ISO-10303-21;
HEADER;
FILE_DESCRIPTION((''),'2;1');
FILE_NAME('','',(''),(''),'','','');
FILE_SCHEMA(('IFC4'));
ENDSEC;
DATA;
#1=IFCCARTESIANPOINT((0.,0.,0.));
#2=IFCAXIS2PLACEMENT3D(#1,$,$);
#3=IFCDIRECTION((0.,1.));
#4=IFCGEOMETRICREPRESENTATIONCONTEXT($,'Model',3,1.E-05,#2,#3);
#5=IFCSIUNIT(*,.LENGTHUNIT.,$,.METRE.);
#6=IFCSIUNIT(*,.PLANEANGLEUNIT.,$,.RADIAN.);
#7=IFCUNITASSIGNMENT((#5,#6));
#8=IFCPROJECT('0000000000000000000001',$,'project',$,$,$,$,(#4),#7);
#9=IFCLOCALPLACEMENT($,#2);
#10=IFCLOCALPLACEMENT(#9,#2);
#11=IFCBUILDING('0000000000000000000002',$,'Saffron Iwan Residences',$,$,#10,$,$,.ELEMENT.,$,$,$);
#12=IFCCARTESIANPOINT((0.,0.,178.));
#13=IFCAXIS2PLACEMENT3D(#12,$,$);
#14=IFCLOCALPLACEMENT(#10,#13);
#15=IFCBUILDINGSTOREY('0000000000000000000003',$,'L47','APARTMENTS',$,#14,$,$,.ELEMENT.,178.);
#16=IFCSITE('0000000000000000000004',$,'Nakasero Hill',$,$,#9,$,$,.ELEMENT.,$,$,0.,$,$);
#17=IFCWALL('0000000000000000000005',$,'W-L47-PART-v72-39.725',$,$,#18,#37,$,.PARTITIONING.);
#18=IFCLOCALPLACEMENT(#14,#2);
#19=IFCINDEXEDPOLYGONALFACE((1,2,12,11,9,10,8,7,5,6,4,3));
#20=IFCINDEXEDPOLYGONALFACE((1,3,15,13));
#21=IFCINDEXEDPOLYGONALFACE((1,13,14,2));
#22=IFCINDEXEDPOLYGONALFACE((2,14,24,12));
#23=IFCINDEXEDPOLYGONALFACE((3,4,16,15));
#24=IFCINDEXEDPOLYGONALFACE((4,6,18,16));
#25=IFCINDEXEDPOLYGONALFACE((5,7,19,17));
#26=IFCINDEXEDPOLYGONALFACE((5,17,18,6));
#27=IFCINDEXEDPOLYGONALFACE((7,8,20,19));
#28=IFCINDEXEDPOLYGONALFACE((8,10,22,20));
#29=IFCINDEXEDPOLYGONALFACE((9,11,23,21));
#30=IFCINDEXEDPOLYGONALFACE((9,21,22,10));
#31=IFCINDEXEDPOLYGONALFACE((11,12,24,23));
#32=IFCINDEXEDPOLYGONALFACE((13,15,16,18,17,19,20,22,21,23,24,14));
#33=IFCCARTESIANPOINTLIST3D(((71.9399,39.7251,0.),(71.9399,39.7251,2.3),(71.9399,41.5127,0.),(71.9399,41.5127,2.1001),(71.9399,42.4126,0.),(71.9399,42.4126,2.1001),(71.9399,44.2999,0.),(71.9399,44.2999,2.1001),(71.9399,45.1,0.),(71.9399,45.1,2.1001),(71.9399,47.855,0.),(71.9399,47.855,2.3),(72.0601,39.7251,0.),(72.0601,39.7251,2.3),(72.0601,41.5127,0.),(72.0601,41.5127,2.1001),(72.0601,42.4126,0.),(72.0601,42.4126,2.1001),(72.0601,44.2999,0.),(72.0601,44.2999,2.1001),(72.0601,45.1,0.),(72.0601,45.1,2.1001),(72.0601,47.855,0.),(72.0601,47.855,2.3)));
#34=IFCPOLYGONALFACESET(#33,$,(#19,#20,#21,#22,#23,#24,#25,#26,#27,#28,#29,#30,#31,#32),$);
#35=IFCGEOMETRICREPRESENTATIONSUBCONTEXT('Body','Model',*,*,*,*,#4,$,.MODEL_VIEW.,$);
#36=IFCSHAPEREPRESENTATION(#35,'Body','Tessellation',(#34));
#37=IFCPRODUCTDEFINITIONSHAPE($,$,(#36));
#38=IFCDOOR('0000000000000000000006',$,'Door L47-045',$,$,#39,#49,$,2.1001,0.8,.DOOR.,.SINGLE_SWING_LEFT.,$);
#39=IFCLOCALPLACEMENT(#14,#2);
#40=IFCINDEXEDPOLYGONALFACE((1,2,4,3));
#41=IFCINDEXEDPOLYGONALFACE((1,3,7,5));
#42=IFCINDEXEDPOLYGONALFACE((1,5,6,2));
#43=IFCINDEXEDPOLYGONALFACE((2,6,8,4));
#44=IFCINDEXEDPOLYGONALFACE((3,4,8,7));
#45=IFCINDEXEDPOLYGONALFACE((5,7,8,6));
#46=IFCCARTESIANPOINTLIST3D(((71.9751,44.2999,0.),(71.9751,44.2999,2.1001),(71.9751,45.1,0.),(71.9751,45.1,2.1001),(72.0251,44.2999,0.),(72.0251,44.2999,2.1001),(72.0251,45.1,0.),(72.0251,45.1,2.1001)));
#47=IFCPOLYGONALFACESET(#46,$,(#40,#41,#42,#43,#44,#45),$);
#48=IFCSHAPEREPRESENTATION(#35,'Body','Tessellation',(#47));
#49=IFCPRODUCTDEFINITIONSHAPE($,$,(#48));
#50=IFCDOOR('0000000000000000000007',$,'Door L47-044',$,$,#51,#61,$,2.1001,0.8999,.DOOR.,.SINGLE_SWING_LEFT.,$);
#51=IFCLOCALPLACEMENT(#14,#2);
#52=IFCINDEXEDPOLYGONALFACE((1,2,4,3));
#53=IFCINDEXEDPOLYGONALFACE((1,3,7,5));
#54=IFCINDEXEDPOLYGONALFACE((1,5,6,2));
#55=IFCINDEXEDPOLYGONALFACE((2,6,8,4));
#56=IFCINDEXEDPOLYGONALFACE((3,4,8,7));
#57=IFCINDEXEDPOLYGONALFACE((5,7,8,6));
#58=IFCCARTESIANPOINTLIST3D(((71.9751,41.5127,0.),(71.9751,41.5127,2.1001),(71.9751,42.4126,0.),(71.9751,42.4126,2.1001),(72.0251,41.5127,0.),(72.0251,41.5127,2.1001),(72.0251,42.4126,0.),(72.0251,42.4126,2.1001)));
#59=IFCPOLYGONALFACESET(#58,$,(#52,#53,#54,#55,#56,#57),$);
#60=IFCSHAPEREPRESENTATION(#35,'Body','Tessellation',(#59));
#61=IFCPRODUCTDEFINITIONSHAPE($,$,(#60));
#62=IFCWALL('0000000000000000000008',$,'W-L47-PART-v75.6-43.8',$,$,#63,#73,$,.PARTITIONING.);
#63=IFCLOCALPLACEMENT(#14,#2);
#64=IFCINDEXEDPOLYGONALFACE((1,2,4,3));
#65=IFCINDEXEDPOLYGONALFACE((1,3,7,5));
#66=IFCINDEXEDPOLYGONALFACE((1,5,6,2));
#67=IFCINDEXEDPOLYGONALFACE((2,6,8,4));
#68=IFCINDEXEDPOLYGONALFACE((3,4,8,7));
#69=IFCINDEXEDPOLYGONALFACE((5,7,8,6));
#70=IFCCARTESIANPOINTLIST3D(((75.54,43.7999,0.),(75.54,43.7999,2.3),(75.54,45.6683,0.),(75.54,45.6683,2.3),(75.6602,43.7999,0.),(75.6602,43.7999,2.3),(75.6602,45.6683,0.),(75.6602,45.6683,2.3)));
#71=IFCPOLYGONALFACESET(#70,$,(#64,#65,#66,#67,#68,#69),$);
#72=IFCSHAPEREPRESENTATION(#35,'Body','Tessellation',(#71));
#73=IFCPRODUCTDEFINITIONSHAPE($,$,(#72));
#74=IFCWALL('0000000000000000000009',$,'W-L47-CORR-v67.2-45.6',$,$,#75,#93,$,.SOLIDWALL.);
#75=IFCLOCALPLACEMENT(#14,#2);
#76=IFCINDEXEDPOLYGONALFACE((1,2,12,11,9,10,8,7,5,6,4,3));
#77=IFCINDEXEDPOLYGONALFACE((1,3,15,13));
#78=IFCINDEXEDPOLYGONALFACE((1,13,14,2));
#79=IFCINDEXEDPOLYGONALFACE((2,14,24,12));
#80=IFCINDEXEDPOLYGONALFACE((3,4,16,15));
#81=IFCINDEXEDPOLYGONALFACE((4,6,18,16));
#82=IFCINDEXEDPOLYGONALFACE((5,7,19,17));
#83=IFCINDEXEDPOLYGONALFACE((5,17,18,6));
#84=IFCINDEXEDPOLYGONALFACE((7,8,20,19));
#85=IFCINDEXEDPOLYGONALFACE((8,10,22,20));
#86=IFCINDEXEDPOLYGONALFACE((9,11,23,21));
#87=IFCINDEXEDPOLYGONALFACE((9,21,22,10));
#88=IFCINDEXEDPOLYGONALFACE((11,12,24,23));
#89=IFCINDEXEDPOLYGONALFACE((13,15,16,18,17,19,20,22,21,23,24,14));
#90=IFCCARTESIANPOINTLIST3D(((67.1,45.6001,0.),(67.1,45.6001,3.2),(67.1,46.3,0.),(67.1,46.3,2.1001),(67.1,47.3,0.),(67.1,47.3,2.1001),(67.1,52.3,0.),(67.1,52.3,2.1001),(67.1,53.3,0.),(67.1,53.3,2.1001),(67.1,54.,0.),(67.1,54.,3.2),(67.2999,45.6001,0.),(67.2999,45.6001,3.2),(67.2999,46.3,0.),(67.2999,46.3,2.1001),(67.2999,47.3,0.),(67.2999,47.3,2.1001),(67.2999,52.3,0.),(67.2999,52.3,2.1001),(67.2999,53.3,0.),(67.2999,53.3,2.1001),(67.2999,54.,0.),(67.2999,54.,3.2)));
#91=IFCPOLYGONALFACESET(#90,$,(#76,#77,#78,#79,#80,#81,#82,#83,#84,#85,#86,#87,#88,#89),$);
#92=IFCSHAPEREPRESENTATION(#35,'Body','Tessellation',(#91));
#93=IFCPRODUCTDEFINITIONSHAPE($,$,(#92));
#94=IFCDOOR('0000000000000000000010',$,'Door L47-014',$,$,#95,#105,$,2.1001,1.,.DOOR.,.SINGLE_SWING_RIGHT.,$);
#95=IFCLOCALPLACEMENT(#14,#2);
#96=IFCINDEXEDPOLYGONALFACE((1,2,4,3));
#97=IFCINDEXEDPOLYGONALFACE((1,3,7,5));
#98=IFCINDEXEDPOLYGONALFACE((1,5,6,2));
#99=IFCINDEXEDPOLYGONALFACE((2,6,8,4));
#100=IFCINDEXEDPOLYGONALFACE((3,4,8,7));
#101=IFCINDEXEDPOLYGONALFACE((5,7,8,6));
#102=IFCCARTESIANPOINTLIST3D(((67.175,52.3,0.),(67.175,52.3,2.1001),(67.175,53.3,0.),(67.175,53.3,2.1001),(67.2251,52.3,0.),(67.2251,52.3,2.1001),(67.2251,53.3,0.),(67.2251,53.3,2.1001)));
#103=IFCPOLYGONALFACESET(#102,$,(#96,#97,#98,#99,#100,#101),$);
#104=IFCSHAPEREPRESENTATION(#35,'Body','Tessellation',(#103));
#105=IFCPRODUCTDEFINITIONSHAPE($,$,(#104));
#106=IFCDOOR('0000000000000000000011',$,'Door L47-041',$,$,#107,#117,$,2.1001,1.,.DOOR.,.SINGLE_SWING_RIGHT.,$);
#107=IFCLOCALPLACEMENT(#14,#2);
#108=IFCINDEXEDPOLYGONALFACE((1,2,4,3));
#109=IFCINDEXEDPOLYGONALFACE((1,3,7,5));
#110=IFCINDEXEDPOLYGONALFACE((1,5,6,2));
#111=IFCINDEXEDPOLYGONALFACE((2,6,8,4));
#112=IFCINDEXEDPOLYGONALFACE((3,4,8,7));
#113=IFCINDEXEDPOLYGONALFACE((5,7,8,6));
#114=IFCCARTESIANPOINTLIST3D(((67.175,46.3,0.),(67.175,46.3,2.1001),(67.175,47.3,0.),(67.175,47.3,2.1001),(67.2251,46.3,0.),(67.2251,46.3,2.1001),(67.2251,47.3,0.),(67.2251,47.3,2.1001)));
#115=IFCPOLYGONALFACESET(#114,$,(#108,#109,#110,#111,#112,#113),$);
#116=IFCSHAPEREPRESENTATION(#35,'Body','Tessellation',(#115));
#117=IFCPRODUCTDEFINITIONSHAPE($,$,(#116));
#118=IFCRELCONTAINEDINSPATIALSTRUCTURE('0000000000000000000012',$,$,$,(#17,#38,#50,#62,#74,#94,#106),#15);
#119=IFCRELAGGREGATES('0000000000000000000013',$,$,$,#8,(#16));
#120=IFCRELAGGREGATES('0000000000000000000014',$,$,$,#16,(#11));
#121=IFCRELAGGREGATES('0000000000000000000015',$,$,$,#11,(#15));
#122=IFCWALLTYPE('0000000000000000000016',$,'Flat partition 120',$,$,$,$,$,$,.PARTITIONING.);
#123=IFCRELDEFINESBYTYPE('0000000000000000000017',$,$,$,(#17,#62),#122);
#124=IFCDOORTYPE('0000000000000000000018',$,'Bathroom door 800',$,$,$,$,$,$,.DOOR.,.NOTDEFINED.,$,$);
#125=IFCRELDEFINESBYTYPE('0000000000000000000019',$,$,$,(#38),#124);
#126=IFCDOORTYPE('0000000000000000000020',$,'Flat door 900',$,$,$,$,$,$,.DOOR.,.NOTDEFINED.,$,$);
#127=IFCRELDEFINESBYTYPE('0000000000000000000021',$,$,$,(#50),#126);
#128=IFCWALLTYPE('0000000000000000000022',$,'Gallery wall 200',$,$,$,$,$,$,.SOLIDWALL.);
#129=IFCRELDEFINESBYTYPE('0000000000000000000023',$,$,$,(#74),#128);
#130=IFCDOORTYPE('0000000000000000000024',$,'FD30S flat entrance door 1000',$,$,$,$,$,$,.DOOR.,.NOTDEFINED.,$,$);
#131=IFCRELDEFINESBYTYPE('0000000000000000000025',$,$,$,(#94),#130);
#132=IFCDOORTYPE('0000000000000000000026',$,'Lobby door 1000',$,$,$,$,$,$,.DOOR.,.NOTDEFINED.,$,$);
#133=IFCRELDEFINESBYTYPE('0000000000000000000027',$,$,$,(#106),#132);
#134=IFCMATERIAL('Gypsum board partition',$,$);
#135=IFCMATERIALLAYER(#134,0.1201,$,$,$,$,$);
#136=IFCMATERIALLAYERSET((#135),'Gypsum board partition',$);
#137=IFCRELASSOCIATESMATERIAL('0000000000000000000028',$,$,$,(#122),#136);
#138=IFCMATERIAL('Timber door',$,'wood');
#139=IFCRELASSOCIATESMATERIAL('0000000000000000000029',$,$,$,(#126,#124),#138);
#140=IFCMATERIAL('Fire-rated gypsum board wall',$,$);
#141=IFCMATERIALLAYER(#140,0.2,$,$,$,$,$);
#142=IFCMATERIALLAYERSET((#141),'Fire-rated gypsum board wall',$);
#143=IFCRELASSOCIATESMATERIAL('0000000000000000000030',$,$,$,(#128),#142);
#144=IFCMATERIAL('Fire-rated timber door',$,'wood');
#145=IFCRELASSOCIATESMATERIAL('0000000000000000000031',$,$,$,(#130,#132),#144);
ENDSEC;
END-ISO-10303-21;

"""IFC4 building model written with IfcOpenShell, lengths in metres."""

from ifc_helpers import new_model, si_unit, direction, frame, frame_2d, origin, place, context, subcontext, project, spatial, rectangle, extrude, material, layer, layer_set, type_object, element, fill, save


model = new_model("IFC4")

# Units and contexts
model_context = context("Model", 3, precision=1e-05, world=origin(), true_north=direction((0.0, 1.0)))
body_context = subcontext(model_context, "Body", "Model", "MODEL_VIEW")
ifc_project = project(units=[si_unit("LENGTHUNIT", "METRE"), si_unit("PLANEANGLEUNIT", "RADIAN")], contexts=[model_context])

# Site, building, storey
site_placement = place(None, origin())
site = spatial("IfcSite", under=ifc_project, at=site_placement, Name="Nakasero Hill", CompositionType="ELEMENT", RefElevation=0.0)
building_placement = place(site_placement, origin())
building = spatial("IfcBuilding", under=site, at=building_placement, Name="Saffron Iwan Residences", CompositionType="ELEMENT")
storey_placement = place(building_placement, frame((0.0, 0.0, 178.0)))
storey = spatial("IfcBuildingStorey", under=building, at=storey_placement, Name="L47", Description="APARTMENTS", CompositionType="ELEMENT", Elevation=178.0)

# Shared definitions
ifc_material_1 = material(Name="Gypsum board partition")
ifc_layer_1 = layer(ifc_material_1, 0.1201)
ifc_layer_set_1 = layer_set([ifc_layer_1], Name="Gypsum board partition")
wall_type_1 = type_object("IfcWallType", Name="Flat partition 120", PredefinedType="PARTITIONING", material=ifc_layer_set_1)
ifc_material_2 = material(Name="Timber door", Category="wood")
door_type_1 = type_object("IfcDoorType", Name="Flat door 900", OperationType="NOTDEFINED", PredefinedType="DOOR", material=ifc_material_2)

# Wall, openings, doors
wall_1_placement = place(storey_placement, frame((72.0, 39.7251, 0.0), z_axis=(0.0, 0.0, 1.0), x_axis=(0.0, 1.0, 0.0)))
wall_1 = element("IfcWall", 1, at=wall_1_placement, inside=storey, type_object=wall_type_1, Name="W-L47-PART-v72-39.725", PredefinedType="PARTITIONING", context=body_context, shape_type="SweptSolid", body=[
    extrude(rectangle(XDim=8.1299, YDim=0.1201, at=frame_2d((4.0649, 0.0))), origin(), (0.0, 0.0, 1.0), 2.3),
])
opening_1_placement = place(wall_1_placement, frame((1.7876, 0.0, 0.0)))
opening_1 = element("IfcOpeningElement", 2, at=opening_1_placement, cuts=wall_1, PredefinedType="OPENING", context=body_context, shape_type="SweptSolid", body=[
    extrude(rectangle(XDim=0.8999, YDim=2.1001, at=frame_2d((0.45, 1.05))), frame((0.0, 0.0701, 0.0), z_axis=(0.0, -1.0, 0.0), x_axis=(1.0, 0.0, 0.0)), (0.0, 0.0, 1.0), 0.1401),
])
opening_2_placement = place(wall_1_placement, frame((4.575, 0.0, 0.0)))
opening_2 = element("IfcOpeningElement", 3, at=opening_2_placement, cuts=wall_1, PredefinedType="OPENING", context=body_context, shape_type="SweptSolid", body=[
    extrude(rectangle(XDim=0.8, YDim=2.1001, at=frame_2d((0.3999, 1.05))), frame((0.0, 0.0701, 0.0), z_axis=(0.0, -1.0, 0.0), x_axis=(1.0, 0.0, 0.0)), (0.0, 0.0, 1.0), 0.1401),
])
door_type_2 = type_object("IfcDoorType", Name="Bathroom door 800", OperationType="NOTDEFINED", PredefinedType="DOOR", material=ifc_material_2)
door_1_placement = place(opening_2_placement, origin())
door_1 = element("IfcDoor", 4, at=door_1_placement, inside=storey, type_object=door_type_2, Name="Door L47-045", OperationType="SINGLE_SWING_LEFT", OverallHeight=2.1001, OverallWidth=0.8, PredefinedType="DOOR", context=body_context, shape_type="SweptSolid", body=[
    extrude(rectangle(XDim=0.8, YDim=2.1001, at=frame_2d((0.3999, 1.05))), frame((0.0, 0.0249, 0.0), z_axis=(0.0, -1.0, 0.0), x_axis=(1.0, 0.0, 0.0)), (0.0, 0.0, 1.0), 0.05),
])
fill(opening_2, door_1)
door_2_placement = place(opening_1_placement, origin())
door_2 = element("IfcDoor", 5, at=door_2_placement, inside=storey, type_object=door_type_1, Name="Door L47-044", OperationType="SINGLE_SWING_LEFT", OverallHeight=2.1001, OverallWidth=0.8999, PredefinedType="DOOR", context=body_context, shape_type="SweptSolid", body=[
    extrude(rectangle(XDim=0.8999, YDim=2.1001, at=frame_2d((0.45, 1.05))), frame((0.0, 0.0249, 0.0), z_axis=(0.0, -1.0, 0.0), x_axis=(1.0, 0.0, 0.0)), (0.0, 0.0, 1.0), 0.05),
])
fill(opening_1, door_2)

# Wall
wall_2_placement = place(storey_placement, frame((75.6001, 43.8, 0.0), z_axis=(0.0, 0.0, 1.0), x_axis=(0.0, 1.0, 0.0)))
element("IfcWall", 6, at=wall_2_placement, inside=storey, type_object=wall_type_1, Name="W-L47-PART-v75.6-43.8", PredefinedType="PARTITIONING", context=body_context, shape_type="SweptSolid", body=[
    extrude(rectangle(XDim=1.8684, YDim=0.1201, at=frame_2d((0.9341, 0.0))), origin(), (0.0, 0.0, 1.0), 2.3),
])

# Wall, openings, doors
ifc_material_3 = material(Name="Fire-rated gypsum board wall")
ifc_layer_2 = layer(ifc_material_3, 0.2)
ifc_layer_set_2 = layer_set([ifc_layer_2], Name="Fire-rated gypsum board wall")
wall_type_2 = type_object("IfcWallType", Name="Gallery wall 200", PredefinedType="SOLIDWALL", material=ifc_layer_set_2)
wall_3_placement = place(storey_placement, frame((67.2, 45.6001, 0.0), z_axis=(0.0, 0.0, 1.0), x_axis=(0.0, 1.0, 0.0)))
wall_3 = element("IfcWall", 7, at=wall_3_placement, inside=storey, type_object=wall_type_2, Name="W-L47-CORR-v67.2-45.6", PredefinedType="SOLIDWALL", context=body_context, shape_type="SweptSolid", body=[
    extrude(rectangle(XDim=8.3999, YDim=0.2, at=frame_2d((4.2, 0.0))), origin(), (0.0, 0.0, 1.0), 3.2),
])
opening_3_placement = place(wall_3_placement, frame((6.7, 0.0, 0.0)))
opening_3 = element("IfcOpeningElement", 8, at=opening_3_placement, cuts=wall_3, PredefinedType="OPENING", context=body_context, shape_type="SweptSolid", body=[
    extrude(rectangle(XDim=1.0, YDim=2.1001, at=frame_2d((0.5, 1.05))), frame((0.0, 0.1099, 0.0), z_axis=(0.0, -1.0, 0.0), x_axis=(1.0, 0.0, 0.0)), (0.0, 0.0, 1.0), 0.22),
])
opening_4_placement = place(wall_3_placement, frame((0.7, 0.0, 0.0)))
opening_4 = element("IfcOpeningElement", 9, at=opening_4_placement, cuts=wall_3, PredefinedType="OPENING", context=body_context, shape_type="SweptSolid", body=[
    extrude(rectangle(XDim=1.0, YDim=2.1001, at=frame_2d((0.5, 1.05))), frame((0.0, 0.1099, 0.0), z_axis=(0.0, -1.0, 0.0), x_axis=(1.0, 0.0, 0.0)), (0.0, 0.0, 1.0), 0.22),
])
ifc_material_4 = material(Name="Fire-rated timber door", Category="wood")
door_type_3 = type_object("IfcDoorType", Name="FD30S flat entrance door 1000", OperationType="NOTDEFINED", PredefinedType="DOOR", material=ifc_material_4)
door_3_placement = place(opening_3_placement, origin())
door_3 = element("IfcDoor", 10, at=door_3_placement, inside=storey, type_object=door_type_3, Name="Door L47-014", OperationType="SINGLE_SWING_RIGHT", OverallHeight=2.1001, OverallWidth=1.0, PredefinedType="DOOR", context=body_context, shape_type="SweptSolid", body=[
    extrude(rectangle(XDim=1.0, YDim=2.1001, at=frame_2d((0.5, 1.05))), frame((0.0, 0.0249, 0.0), z_axis=(0.0, -1.0, 0.0), x_axis=(1.0, 0.0, 0.0)), (0.0, 0.0, 1.0), 0.05),
])
fill(opening_3, door_3)
door_type_4 = type_object("IfcDoorType", Name="Lobby door 1000", OperationType="NOTDEFINED", PredefinedType="DOOR", material=ifc_material_4)
door_4_placement = place(opening_4_placement, origin())
door_4 = element("IfcDoor", 11, at=door_4_placement, inside=storey, type_object=door_type_4, Name="Door L47-041", OperationType="SINGLE_SWING_RIGHT", OverallHeight=2.1001, OverallWidth=1.0, PredefinedType="DOOR", context=body_context, shape_type="SweptSolid", body=[
    extrude(rectangle(XDim=1.0, YDim=2.1001, at=frame_2d((0.5, 1.05))), frame((0.0, 0.0249, 0.0), z_axis=(0.0, -1.0, 0.0), x_axis=(1.0, 0.0, 0.0)), (0.0, 0.0, 1.0), 0.05),
])
fill(opening_4, door_4)

save(model, "model.ifc")
